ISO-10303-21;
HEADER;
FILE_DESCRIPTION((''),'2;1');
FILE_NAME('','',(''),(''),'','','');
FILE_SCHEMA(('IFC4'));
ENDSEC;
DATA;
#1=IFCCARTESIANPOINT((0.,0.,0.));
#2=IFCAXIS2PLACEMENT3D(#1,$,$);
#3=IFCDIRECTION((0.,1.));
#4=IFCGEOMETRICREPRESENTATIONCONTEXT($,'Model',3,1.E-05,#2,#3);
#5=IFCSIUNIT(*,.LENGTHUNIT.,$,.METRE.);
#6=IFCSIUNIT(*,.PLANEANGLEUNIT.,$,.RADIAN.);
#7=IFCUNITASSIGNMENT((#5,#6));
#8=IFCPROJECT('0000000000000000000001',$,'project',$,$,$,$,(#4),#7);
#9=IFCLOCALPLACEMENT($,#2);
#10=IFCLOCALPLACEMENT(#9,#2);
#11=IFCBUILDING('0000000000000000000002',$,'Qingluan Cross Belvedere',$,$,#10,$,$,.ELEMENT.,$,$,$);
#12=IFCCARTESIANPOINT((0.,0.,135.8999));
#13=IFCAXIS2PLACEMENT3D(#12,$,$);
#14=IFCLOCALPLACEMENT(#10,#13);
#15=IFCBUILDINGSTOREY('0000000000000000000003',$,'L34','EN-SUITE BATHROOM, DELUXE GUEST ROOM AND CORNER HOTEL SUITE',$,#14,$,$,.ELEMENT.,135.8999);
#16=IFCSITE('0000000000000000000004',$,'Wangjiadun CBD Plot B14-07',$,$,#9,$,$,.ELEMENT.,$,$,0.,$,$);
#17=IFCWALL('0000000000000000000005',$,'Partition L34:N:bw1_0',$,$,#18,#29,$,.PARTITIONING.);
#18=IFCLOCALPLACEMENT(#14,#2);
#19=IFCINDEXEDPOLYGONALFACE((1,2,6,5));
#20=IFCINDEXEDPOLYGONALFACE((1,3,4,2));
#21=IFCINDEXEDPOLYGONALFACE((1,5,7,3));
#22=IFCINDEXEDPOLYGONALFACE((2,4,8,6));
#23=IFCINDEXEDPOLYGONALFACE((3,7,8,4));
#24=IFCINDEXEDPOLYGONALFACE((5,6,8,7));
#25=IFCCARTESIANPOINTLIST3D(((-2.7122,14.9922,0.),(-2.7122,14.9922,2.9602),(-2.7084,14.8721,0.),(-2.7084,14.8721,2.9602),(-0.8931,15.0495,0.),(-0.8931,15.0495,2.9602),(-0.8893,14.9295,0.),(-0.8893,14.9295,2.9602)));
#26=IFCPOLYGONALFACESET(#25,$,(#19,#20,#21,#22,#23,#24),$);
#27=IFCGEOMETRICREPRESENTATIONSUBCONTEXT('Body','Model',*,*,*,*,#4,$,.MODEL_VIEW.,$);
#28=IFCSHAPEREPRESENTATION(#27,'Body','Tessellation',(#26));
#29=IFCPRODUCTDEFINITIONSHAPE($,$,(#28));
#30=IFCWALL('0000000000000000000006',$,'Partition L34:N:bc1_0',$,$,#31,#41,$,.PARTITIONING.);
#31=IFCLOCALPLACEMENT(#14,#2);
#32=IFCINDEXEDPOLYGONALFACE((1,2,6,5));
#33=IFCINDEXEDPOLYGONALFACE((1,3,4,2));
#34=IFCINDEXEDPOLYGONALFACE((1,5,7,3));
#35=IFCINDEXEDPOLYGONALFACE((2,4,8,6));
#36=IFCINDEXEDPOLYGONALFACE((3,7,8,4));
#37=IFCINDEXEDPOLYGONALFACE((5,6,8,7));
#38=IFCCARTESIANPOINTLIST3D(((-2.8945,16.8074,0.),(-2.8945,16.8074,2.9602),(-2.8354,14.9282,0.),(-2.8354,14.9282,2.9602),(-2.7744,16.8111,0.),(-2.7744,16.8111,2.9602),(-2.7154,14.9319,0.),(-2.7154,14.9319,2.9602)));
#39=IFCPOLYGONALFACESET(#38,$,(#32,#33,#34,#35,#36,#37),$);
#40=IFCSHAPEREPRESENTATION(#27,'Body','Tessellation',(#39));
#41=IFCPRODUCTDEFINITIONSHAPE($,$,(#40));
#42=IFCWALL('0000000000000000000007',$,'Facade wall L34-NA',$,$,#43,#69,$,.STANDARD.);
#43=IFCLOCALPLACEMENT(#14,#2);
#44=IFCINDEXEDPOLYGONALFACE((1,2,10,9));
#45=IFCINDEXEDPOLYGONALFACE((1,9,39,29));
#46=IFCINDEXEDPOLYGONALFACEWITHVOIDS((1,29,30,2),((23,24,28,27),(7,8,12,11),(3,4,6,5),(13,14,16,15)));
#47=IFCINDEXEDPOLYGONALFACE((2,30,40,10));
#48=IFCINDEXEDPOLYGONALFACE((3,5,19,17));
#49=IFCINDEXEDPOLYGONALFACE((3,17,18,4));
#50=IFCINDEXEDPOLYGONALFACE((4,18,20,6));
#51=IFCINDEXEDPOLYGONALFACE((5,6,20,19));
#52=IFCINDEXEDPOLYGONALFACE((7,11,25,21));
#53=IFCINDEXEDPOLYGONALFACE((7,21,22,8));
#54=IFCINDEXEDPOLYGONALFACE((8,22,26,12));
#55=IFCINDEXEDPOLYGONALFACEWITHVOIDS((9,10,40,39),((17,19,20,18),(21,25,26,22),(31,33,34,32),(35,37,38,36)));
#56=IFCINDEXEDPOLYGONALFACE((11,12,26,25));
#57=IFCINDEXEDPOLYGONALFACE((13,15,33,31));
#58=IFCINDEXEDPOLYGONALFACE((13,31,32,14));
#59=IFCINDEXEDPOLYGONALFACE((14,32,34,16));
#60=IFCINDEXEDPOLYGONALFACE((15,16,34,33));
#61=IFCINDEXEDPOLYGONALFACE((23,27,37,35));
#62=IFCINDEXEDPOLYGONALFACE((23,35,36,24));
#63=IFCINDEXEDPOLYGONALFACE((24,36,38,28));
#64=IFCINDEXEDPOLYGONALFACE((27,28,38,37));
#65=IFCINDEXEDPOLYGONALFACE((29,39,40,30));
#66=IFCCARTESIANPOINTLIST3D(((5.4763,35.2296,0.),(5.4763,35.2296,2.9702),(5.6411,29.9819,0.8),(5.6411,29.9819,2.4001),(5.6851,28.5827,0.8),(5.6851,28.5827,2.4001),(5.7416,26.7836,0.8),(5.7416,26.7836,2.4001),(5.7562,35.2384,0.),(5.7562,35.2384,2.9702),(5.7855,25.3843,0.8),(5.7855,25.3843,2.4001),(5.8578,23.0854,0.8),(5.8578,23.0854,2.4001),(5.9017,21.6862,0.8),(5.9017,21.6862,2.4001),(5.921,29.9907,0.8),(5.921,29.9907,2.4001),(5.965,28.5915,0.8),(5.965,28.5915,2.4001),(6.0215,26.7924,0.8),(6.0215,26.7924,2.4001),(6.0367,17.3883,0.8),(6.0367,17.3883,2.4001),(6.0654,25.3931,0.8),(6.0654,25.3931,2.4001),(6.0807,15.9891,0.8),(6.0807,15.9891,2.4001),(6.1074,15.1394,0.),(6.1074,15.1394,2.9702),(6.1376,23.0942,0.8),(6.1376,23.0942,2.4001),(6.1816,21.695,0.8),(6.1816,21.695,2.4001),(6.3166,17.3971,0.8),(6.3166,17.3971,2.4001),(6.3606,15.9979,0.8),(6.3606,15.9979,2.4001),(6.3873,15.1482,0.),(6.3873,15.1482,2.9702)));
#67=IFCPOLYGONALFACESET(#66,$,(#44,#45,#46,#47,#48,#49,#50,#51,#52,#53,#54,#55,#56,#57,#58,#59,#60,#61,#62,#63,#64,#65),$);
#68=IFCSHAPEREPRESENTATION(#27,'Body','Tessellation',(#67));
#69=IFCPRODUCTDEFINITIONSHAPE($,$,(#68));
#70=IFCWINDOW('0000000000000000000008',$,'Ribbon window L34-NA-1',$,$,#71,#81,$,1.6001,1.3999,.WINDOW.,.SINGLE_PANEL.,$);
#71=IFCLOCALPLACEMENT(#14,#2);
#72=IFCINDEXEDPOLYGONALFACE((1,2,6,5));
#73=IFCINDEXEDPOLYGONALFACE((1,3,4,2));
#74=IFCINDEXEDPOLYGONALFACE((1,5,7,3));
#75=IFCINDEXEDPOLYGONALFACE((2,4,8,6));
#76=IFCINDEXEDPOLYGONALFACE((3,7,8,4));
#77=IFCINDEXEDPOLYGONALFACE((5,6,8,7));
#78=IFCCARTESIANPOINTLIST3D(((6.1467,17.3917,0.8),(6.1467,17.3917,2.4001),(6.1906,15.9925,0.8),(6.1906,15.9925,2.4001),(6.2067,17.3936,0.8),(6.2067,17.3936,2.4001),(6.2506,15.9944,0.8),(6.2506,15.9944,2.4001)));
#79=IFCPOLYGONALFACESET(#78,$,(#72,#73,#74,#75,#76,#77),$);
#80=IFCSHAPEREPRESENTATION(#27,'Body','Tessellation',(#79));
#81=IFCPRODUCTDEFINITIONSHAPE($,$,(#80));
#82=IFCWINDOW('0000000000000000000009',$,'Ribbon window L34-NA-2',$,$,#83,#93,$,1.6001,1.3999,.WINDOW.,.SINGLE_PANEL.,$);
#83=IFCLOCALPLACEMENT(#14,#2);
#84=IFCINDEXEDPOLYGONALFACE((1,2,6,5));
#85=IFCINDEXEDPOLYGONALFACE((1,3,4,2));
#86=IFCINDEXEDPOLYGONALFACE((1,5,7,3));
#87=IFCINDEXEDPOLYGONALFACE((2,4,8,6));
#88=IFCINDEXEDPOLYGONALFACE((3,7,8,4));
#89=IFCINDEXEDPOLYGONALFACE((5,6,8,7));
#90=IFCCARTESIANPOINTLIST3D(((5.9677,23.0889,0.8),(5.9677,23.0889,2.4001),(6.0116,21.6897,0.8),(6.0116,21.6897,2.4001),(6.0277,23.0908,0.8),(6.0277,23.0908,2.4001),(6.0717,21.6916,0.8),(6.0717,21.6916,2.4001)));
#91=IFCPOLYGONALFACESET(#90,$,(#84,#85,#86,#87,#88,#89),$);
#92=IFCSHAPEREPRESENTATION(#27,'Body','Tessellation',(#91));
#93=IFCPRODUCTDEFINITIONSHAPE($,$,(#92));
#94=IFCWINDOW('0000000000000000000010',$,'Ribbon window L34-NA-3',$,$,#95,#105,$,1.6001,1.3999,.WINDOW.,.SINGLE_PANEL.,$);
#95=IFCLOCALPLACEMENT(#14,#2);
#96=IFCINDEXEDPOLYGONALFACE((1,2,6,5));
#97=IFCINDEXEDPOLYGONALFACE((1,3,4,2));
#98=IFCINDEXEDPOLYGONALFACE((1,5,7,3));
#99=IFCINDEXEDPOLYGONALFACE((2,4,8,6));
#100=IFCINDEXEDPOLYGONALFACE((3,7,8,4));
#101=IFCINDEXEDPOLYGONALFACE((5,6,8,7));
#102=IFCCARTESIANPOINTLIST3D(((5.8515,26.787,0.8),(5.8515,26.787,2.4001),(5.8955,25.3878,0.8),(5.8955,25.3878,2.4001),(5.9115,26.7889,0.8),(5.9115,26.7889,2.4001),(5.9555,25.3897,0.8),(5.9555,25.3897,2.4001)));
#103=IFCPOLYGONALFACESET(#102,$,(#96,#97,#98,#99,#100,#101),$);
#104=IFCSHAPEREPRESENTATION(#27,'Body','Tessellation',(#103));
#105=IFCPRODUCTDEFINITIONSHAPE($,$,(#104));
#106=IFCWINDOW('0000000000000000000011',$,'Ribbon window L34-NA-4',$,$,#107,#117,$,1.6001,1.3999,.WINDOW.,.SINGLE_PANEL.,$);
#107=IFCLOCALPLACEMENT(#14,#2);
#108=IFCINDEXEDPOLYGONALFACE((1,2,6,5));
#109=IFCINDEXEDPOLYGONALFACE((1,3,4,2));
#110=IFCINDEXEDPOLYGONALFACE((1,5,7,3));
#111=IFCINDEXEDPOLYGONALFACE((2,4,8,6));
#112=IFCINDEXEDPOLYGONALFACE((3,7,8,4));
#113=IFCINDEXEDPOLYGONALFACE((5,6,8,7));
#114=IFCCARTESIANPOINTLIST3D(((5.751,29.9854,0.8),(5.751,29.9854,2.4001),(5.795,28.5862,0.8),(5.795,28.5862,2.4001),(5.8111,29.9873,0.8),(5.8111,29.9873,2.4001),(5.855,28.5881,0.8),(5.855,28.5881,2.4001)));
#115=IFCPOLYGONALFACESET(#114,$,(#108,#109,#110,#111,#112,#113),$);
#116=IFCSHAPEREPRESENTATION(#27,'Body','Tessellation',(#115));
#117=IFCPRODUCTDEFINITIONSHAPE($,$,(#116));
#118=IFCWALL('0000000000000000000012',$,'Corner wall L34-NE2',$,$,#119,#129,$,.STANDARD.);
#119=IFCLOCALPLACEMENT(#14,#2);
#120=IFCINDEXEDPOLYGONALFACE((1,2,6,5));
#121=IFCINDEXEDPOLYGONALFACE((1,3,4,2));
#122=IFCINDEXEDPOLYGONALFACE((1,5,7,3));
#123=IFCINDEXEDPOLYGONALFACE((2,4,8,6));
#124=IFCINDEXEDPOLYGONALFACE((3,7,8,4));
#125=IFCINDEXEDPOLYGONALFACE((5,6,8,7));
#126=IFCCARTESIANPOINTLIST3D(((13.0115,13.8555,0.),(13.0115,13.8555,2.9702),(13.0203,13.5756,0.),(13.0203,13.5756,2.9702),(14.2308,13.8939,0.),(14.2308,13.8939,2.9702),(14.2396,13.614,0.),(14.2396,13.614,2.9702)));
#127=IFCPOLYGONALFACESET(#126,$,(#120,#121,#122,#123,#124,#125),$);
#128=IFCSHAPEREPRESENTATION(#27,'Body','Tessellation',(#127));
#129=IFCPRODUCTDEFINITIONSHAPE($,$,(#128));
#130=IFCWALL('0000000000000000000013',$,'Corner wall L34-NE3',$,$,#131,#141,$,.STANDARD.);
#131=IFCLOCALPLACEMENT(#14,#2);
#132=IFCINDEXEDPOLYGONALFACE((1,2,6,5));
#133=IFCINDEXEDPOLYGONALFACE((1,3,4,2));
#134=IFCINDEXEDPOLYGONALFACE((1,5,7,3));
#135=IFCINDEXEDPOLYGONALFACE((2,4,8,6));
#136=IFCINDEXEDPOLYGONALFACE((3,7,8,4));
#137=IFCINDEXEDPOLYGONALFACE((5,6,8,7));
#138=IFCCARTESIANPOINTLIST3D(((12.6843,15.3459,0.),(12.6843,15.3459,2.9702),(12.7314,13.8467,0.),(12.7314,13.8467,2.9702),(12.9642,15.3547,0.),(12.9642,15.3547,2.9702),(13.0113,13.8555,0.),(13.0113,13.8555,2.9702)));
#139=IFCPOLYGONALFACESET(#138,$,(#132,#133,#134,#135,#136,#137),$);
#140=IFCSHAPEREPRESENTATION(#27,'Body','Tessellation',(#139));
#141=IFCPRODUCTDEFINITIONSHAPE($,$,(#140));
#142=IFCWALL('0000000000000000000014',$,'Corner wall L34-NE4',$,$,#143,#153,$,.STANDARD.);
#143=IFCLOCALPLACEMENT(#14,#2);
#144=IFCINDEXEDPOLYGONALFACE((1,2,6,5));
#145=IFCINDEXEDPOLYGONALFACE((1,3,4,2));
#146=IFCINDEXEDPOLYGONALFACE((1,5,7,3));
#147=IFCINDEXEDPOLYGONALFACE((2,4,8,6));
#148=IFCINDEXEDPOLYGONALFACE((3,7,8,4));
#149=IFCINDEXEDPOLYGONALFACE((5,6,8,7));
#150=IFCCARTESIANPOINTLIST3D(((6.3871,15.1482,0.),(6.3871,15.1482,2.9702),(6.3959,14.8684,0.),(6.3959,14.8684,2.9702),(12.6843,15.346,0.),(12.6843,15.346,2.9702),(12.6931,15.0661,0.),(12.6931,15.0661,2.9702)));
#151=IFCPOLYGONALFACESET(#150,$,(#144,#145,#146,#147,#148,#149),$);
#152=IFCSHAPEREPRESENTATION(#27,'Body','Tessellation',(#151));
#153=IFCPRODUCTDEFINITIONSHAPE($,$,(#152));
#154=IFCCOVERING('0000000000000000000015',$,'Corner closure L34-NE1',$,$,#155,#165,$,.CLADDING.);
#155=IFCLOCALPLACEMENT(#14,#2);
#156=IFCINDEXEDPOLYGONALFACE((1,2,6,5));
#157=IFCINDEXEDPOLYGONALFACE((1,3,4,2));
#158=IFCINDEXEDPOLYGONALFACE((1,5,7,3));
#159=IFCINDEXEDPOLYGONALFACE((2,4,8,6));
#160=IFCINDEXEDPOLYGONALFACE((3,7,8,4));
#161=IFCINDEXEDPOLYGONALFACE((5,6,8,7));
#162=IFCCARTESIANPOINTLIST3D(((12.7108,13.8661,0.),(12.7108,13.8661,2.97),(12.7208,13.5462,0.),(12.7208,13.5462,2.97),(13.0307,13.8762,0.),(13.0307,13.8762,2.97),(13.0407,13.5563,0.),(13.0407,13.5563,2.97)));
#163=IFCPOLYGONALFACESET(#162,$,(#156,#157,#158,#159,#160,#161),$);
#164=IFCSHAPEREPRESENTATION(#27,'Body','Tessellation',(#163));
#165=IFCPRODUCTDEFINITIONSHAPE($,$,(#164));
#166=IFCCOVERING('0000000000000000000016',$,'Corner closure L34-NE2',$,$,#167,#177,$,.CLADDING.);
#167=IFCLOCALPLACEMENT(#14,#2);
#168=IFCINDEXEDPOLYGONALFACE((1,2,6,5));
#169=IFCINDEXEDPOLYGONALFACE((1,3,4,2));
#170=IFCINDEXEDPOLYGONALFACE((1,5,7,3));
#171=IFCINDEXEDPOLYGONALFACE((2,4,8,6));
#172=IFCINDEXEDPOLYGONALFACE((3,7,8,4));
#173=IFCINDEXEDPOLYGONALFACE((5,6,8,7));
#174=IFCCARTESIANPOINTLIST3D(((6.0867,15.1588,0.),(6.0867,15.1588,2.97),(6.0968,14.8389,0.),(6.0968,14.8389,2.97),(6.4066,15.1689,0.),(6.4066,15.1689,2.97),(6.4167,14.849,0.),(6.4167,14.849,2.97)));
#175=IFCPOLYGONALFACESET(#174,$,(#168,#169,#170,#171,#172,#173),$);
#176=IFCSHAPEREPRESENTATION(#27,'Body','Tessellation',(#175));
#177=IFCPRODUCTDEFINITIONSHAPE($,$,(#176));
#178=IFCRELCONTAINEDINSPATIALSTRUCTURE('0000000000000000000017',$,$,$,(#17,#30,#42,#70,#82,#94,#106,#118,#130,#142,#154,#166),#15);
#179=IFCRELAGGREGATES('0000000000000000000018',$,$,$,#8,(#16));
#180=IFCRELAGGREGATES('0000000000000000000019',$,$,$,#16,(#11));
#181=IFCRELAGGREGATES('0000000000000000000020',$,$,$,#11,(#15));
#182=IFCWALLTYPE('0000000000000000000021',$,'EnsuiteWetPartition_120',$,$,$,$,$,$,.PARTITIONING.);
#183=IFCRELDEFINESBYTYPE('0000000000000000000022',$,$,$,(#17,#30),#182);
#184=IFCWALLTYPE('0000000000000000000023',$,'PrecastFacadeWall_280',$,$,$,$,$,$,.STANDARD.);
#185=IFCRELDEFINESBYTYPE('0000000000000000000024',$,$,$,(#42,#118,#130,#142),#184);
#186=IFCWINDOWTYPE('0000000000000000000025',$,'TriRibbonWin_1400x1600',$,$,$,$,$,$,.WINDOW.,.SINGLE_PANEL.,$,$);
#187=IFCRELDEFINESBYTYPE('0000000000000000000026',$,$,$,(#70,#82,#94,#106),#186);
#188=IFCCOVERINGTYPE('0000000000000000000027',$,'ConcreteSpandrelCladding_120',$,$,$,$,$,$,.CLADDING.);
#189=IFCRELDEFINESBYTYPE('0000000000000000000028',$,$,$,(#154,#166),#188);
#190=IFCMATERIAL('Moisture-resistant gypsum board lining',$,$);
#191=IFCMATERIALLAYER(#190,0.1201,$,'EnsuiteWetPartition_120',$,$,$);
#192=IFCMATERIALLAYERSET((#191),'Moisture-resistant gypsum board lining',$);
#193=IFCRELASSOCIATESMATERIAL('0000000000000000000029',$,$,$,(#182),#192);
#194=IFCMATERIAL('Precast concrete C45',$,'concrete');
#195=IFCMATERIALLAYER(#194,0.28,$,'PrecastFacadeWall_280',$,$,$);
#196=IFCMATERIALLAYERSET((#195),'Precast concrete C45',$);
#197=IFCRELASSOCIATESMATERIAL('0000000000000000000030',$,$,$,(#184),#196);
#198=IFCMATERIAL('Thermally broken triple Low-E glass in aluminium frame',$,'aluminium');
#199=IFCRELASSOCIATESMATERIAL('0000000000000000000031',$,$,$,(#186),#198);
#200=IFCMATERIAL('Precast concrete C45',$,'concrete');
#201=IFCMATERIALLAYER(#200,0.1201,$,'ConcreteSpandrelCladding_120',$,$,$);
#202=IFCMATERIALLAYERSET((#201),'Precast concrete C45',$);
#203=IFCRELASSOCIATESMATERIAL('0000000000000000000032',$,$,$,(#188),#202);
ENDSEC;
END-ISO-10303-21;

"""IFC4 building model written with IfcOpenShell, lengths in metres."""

from ifc_helpers import new_model, si_unit, direction, frame, frame_2d, origin, origin_2d, place, context, subcontext, project, spatial, rectangle, extrude, material, layer, layer_set, type_object, element, fill, save


model = new_model("IFC4")

# Units and contexts
model_context = context("Model", 3, precision=1e-05, world=origin(), true_north=direction((0.0, 1.0)))
body_context = subcontext(model_context, "Body", "Model", "MODEL_VIEW")
ifc_project = project(units=[si_unit("LENGTHUNIT", "METRE"), si_unit("PLANEANGLEUNIT", "RADIAN")], contexts=[model_context])

# Site, building, storey
site_placement = place(None, origin())
site = spatial("IfcSite", under=ifc_project, at=site_placement, Name="Wangjiadun CBD Plot B14-07", CompositionType="ELEMENT", RefElevation=0.0)
building_placement = place(site_placement, origin())
building = spatial("IfcBuilding", under=site, at=building_placement, Name="Qingluan Cross Belvedere", CompositionType="ELEMENT")
storey_placement = place(building_placement, frame((0.0, 0.0, 135.8999)))
storey = spatial("IfcBuildingStorey", under=building, at=storey_placement, Name="L34", Description="EN-SUITE BATHROOM, DELUXE GUEST ROOM AND CORNER HOTEL SUITE", CompositionType="ELEMENT", Elevation=135.8999)

# Walls
ifc_material_1 = material(Name="Moisture-resistant gypsum board lining")
ifc_layer_1 = layer(ifc_material_1, 0.1201, Name="EnsuiteWetPartition_120")
ifc_layer_set_1 = layer_set([ifc_layer_1], Name="Moisture-resistant gypsum board lining")
wall_type_1 = type_object("IfcWallType", Name="EnsuiteWetPartition_120", PredefinedType="PARTITIONING", material=ifc_layer_set_1)
wall_1_placement = place(storey_placement, frame((-2.7104, 14.9321, 0.0), z_axis=(0.0, 0.0, 1.0), x_axis=(0.999503, 0.031524, 0.0)))
element("IfcWall", 1, at=wall_1_placement, inside=storey, type_object=wall_type_1, Name="Partition L34:N:bw1_0", PredefinedType="PARTITIONING", context=body_context, shape_type="SweptSolid", body=[
    extrude(rectangle(XDim=1.8201, YDim=0.1201, at=frame_2d((0.9102, 0.0))), origin(), (0.0, 0.0, 1.0), 2.9602),
])
wall_2_placement = place(storey_placement, frame((-2.7754, 14.9302, 0.0), z_axis=(0.0, 0.0, 1.0), x_axis=(-0.031425, 0.999506, 0.0)))
element("IfcWall", 2, at=wall_2_placement, inside=storey, type_object=wall_type_1, Name="Partition L34:N:bc1_0", PredefinedType="PARTITIONING", context=body_context, shape_type="SweptSolid", body=[
    extrude(rectangle(XDim=1.8801, YDim=0.1201, at=frame_2d((0.9399, 0.0))), origin(), (0.0, 0.0, 1.0), 2.9602),
])

# Wall, openings, windows
ifc_material_2 = material(Name="Precast concrete C45", Category="concrete")
ifc_layer_2 = layer(ifc_material_2, 0.28, Name="PrecastFacadeWall_280")
ifc_layer_set_2 = layer_set([ifc_layer_2], Name="Precast concrete C45")
wall_type_2 = type_object("IfcWallType", Name="PrecastFacadeWall_280", PredefinedType="STANDARD", material=ifc_layer_set_2)
wall_3_placement = place(storey_placement, frame((6.2473, 15.1438, 0.0), z_axis=(0.0, 0.0, 1.0), x_axis=(-0.031398, 0.999507, 0.0)))
wall_3 = element("IfcWall", 3, at=wall_3_placement, inside=storey, type_object=wall_type_2, Name="Facade wall L34-NA", PredefinedType="STANDARD", context=body_context, shape_type="SweptSolid", body=[
    extrude(rectangle(XDim=20.1001, YDim=0.28, at=frame_2d((10.05, 0.0))), origin(), (0.0, 0.0, 1.0), 2.9702),
])
opening_1_placement = place(wall_3_placement, frame((0.8501, 0.0, 0.8)))
opening_1 = element("IfcOpeningElement", 4, at=opening_1_placement, cuts=wall_3, PredefinedType="OPENING", context=body_context, shape_type="SweptSolid", body=[
    extrude(rectangle(XDim=1.3999, YDim=1.6001, at=frame_2d((0.7, 0.8))), frame((0.0, 0.1499, 0.0), z_axis=(0.0, -1.0, 0.0), x_axis=(1.0, 0.0, 0.0)), (0.0, 0.0, 1.0), 0.3),
])
opening_2_placement = place(wall_3_placement, frame((6.55, 0.0, 0.8)))
opening_2 = element("IfcOpeningElement", 5, at=opening_2_placement, cuts=wall_3, PredefinedType="OPENING", context=body_context, shape_type="SweptSolid", body=[
    extrude(rectangle(XDim=1.3999, YDim=1.6001, at=frame_2d((0.7, 0.8))), frame((0.0, 0.1499, 0.0), z_axis=(0.0, -1.0, 0.0), x_axis=(1.0, 0.0, 0.0)), (0.0, 0.0, 1.0), 0.3),
])
opening_3_placement = place(wall_3_placement, frame((10.25, 0.0, 0.8)))
opening_3 = element("IfcOpeningElement", 6, at=opening_3_placement, cuts=wall_3, PredefinedType="OPENING", context=body_context, shape_type="SweptSolid", body=[
    extrude(rectangle(XDim=1.3999, YDim=1.6001, at=frame_2d((0.7, 0.8))), frame((0.0, 0.1499, 0.0), z_axis=(0.0, -1.0, 0.0), x_axis=(1.0, 0.0, 0.0)), (0.0, 0.0, 1.0), 0.3),
])
opening_4_placement = place(wall_3_placement, frame((13.45, 0.0, 0.8)))
opening_4 = element("IfcOpeningElement", 7, at=opening_4_placement, cuts=wall_3, PredefinedType="OPENING", context=body_context, shape_type="SweptSolid", body=[
    extrude(rectangle(XDim=1.3999, YDim=1.6001, at=frame_2d((0.7, 0.8))), frame((0.0, 0.1499, 0.0), z_axis=(0.0, -1.0, 0.0), x_axis=(1.0, 0.0, 0.0)), (0.0, 0.0, 1.0), 0.3),
])
ifc_material_3 = material(Name="Thermally broken triple Low-E glass in aluminium frame", Category="aluminium")
window_type = type_object("IfcWindowType", Name="TriRibbonWin_1400x1600", PartitioningType="SINGLE_PANEL", PredefinedType="WINDOW", material=ifc_material_3)
window_1_placement = place(opening_1_placement, origin())
window_1 = element("IfcWindow", 8, at=window_1_placement, inside=storey, type_object=window_type, Name="Ribbon window L34-NA-1", OverallHeight=1.6001, OverallWidth=1.3999, PartitioningType="SINGLE_PANEL", PredefinedType="WINDOW", context=body_context, shape_type="SweptSolid", body=[
    extrude(rectangle(XDim=1.3999, YDim=1.6001, at=frame_2d((0.7, 0.8))), frame((0.0, 0.03, 0.0), z_axis=(0.0, -1.0, 0.0), x_axis=(1.0, 0.0, 0.0)), (0.0, 0.0, 1.0), 0.0601),
])
fill(opening_1, window_1)
window_2_placement = place(opening_2_placement, origin())
window_2 = element("IfcWindow", 9, at=window_2_placement, inside=storey, type_object=window_type, Name="Ribbon window L34-NA-2", OverallHeight=1.6001, OverallWidth=1.3999, PartitioningType="SINGLE_PANEL", PredefinedType="WINDOW", context=body_context, shape_type="SweptSolid", body=[
    extrude(rectangle(XDim=1.3999, YDim=1.6001, at=frame_2d((0.7, 0.8))), frame((0.0, 0.03, 0.0), z_axis=(0.0, -1.0, 0.0), x_axis=(1.0, 0.0, 0.0)), (0.0, 0.0, 1.0), 0.0601),
])
fill(opening_2, window_2)
window_3_placement = place(opening_3_placement, origin())
window_3 = element("IfcWindow", 10, at=window_3_placement, inside=storey, type_object=window_type, Name="Ribbon window L34-NA-3", OverallHeight=1.6001, OverallWidth=1.3999, PartitioningType="SINGLE_PANEL", PredefinedType="WINDOW", context=body_context, shape_type="SweptSolid", body=[
    extrude(rectangle(XDim=1.3999, YDim=1.6001, at=frame_2d((0.7, 0.8))), frame((0.0, 0.03, 0.0), z_axis=(0.0, -1.0, 0.0), x_axis=(1.0, 0.0, 0.0)), (0.0, 0.0, 1.0), 0.0601),
])
fill(opening_3, window_3)
window_4_placement = place(opening_4_placement, origin())
window_4 = element("IfcWindow", 11, at=window_4_placement, inside=storey, type_object=window_type, Name="Ribbon window L34-NA-4", OverallHeight=1.6001, OverallWidth=1.3999, PartitioningType="SINGLE_PANEL", PredefinedType="WINDOW", context=body_context, shape_type="SweptSolid", body=[
    extrude(rectangle(XDim=1.3999, YDim=1.6001, at=frame_2d((0.7, 0.8))), frame((0.0, 0.03, 0.0), z_axis=(0.0, -1.0, 0.0), x_axis=(1.0, 0.0, 0.0)), (0.0, 0.0, 1.0), 0.0601),
])
fill(opening_4, window_4)

# Walls
wall_4_placement = place(storey_placement, frame((14.2351, 13.7539, 0.0), z_axis=(0.0, 0.0, 1.0), x_axis=(-0.999506, -0.031416, 0.0)))
element("IfcWall", 12, at=wall_4_placement, inside=storey, type_object=wall_type_2, Name="Corner wall L34-NE2", PredefinedType="STANDARD", context=body_context, shape_type="SweptSolid", body=[
    extrude(rectangle(XDim=1.22, YDim=0.28, at=frame_2d((0.6099, 0.0))), origin(), (0.0, 0.0, 1.0), 2.9702),
])
wall_5_placement = place(storey_placement, frame((12.8713, 13.8511, 0.0), z_axis=(0.0, 0.0, 1.0), x_axis=(-0.031413, 0.999507, 0.0)))
element("IfcWall", 13, at=wall_5_placement, inside=storey, type_object=wall_type_2, Name="Corner wall L34-NE3", PredefinedType="STANDARD", context=body_context, shape_type="SweptSolid", body=[
    extrude(rectangle(XDim=1.5, YDim=0.28, at=frame_2d((0.75, 0.0))), origin(), (0.0, 0.0, 1.0), 2.9702),
])
wall_6_placement = place(storey_placement, frame((12.6887, 15.2061, 0.0), z_axis=(0.0, 0.0, 1.0), x_axis=(-0.999507, -0.031388, 0.0)))
element("IfcWall", 14, at=wall_6_placement, inside=storey, type_object=wall_type_2, Name="Corner wall L34-NE4", PredefinedType="STANDARD", context=body_context, shape_type="SweptSolid", body=[
    extrude(rectangle(XDim=6.3003, YDim=0.28, at=frame_2d((3.1501, 0.0))), origin(), (0.0, 0.0, 1.0), 2.9702),
])

# Coverings
ifc_material_4 = material(Name="Precast concrete C45", Category="concrete")
ifc_layer_3 = layer(ifc_material_4, 0.1201, Name="ConcreteSpandrelCladding_120")
ifc_layer_set_3 = layer_set([ifc_layer_3], Name="Precast concrete C45")
covering_type_1 = type_object("IfcCoveringType", Name="ConcreteSpandrelCladding_120", PredefinedType="CLADDING", material=ifc_layer_set_3)
for number, where, z_axis, x_axis, name in (
    (15, (12.8757, 13.7112, 0.0), (0.0, 0.0, 1.0), (0.999507, 0.031411, 0.0), "Corner closure L34-NE1"),
    (16, (6.2517, 15.0039, 0.0), (0.0, 0.0, 1.0), (0.999507, 0.031411, 0.0), "Corner closure L34-NE2"),
):
    element("IfcCovering", number, at=place(storey_placement, frame(where, z_axis=z_axis, x_axis=x_axis)), inside=storey, type_object=covering_type_1, Name=name, PredefinedType="CLADDING", context=body_context, shape_type="SweptSolid", body=[
        extrude(rectangle(XDim=0.3201, YDim=0.3201, at=origin_2d()), origin(), (0.0, 0.0, 1.0), 2.97),
    ])

save(model, "model.ifc")
